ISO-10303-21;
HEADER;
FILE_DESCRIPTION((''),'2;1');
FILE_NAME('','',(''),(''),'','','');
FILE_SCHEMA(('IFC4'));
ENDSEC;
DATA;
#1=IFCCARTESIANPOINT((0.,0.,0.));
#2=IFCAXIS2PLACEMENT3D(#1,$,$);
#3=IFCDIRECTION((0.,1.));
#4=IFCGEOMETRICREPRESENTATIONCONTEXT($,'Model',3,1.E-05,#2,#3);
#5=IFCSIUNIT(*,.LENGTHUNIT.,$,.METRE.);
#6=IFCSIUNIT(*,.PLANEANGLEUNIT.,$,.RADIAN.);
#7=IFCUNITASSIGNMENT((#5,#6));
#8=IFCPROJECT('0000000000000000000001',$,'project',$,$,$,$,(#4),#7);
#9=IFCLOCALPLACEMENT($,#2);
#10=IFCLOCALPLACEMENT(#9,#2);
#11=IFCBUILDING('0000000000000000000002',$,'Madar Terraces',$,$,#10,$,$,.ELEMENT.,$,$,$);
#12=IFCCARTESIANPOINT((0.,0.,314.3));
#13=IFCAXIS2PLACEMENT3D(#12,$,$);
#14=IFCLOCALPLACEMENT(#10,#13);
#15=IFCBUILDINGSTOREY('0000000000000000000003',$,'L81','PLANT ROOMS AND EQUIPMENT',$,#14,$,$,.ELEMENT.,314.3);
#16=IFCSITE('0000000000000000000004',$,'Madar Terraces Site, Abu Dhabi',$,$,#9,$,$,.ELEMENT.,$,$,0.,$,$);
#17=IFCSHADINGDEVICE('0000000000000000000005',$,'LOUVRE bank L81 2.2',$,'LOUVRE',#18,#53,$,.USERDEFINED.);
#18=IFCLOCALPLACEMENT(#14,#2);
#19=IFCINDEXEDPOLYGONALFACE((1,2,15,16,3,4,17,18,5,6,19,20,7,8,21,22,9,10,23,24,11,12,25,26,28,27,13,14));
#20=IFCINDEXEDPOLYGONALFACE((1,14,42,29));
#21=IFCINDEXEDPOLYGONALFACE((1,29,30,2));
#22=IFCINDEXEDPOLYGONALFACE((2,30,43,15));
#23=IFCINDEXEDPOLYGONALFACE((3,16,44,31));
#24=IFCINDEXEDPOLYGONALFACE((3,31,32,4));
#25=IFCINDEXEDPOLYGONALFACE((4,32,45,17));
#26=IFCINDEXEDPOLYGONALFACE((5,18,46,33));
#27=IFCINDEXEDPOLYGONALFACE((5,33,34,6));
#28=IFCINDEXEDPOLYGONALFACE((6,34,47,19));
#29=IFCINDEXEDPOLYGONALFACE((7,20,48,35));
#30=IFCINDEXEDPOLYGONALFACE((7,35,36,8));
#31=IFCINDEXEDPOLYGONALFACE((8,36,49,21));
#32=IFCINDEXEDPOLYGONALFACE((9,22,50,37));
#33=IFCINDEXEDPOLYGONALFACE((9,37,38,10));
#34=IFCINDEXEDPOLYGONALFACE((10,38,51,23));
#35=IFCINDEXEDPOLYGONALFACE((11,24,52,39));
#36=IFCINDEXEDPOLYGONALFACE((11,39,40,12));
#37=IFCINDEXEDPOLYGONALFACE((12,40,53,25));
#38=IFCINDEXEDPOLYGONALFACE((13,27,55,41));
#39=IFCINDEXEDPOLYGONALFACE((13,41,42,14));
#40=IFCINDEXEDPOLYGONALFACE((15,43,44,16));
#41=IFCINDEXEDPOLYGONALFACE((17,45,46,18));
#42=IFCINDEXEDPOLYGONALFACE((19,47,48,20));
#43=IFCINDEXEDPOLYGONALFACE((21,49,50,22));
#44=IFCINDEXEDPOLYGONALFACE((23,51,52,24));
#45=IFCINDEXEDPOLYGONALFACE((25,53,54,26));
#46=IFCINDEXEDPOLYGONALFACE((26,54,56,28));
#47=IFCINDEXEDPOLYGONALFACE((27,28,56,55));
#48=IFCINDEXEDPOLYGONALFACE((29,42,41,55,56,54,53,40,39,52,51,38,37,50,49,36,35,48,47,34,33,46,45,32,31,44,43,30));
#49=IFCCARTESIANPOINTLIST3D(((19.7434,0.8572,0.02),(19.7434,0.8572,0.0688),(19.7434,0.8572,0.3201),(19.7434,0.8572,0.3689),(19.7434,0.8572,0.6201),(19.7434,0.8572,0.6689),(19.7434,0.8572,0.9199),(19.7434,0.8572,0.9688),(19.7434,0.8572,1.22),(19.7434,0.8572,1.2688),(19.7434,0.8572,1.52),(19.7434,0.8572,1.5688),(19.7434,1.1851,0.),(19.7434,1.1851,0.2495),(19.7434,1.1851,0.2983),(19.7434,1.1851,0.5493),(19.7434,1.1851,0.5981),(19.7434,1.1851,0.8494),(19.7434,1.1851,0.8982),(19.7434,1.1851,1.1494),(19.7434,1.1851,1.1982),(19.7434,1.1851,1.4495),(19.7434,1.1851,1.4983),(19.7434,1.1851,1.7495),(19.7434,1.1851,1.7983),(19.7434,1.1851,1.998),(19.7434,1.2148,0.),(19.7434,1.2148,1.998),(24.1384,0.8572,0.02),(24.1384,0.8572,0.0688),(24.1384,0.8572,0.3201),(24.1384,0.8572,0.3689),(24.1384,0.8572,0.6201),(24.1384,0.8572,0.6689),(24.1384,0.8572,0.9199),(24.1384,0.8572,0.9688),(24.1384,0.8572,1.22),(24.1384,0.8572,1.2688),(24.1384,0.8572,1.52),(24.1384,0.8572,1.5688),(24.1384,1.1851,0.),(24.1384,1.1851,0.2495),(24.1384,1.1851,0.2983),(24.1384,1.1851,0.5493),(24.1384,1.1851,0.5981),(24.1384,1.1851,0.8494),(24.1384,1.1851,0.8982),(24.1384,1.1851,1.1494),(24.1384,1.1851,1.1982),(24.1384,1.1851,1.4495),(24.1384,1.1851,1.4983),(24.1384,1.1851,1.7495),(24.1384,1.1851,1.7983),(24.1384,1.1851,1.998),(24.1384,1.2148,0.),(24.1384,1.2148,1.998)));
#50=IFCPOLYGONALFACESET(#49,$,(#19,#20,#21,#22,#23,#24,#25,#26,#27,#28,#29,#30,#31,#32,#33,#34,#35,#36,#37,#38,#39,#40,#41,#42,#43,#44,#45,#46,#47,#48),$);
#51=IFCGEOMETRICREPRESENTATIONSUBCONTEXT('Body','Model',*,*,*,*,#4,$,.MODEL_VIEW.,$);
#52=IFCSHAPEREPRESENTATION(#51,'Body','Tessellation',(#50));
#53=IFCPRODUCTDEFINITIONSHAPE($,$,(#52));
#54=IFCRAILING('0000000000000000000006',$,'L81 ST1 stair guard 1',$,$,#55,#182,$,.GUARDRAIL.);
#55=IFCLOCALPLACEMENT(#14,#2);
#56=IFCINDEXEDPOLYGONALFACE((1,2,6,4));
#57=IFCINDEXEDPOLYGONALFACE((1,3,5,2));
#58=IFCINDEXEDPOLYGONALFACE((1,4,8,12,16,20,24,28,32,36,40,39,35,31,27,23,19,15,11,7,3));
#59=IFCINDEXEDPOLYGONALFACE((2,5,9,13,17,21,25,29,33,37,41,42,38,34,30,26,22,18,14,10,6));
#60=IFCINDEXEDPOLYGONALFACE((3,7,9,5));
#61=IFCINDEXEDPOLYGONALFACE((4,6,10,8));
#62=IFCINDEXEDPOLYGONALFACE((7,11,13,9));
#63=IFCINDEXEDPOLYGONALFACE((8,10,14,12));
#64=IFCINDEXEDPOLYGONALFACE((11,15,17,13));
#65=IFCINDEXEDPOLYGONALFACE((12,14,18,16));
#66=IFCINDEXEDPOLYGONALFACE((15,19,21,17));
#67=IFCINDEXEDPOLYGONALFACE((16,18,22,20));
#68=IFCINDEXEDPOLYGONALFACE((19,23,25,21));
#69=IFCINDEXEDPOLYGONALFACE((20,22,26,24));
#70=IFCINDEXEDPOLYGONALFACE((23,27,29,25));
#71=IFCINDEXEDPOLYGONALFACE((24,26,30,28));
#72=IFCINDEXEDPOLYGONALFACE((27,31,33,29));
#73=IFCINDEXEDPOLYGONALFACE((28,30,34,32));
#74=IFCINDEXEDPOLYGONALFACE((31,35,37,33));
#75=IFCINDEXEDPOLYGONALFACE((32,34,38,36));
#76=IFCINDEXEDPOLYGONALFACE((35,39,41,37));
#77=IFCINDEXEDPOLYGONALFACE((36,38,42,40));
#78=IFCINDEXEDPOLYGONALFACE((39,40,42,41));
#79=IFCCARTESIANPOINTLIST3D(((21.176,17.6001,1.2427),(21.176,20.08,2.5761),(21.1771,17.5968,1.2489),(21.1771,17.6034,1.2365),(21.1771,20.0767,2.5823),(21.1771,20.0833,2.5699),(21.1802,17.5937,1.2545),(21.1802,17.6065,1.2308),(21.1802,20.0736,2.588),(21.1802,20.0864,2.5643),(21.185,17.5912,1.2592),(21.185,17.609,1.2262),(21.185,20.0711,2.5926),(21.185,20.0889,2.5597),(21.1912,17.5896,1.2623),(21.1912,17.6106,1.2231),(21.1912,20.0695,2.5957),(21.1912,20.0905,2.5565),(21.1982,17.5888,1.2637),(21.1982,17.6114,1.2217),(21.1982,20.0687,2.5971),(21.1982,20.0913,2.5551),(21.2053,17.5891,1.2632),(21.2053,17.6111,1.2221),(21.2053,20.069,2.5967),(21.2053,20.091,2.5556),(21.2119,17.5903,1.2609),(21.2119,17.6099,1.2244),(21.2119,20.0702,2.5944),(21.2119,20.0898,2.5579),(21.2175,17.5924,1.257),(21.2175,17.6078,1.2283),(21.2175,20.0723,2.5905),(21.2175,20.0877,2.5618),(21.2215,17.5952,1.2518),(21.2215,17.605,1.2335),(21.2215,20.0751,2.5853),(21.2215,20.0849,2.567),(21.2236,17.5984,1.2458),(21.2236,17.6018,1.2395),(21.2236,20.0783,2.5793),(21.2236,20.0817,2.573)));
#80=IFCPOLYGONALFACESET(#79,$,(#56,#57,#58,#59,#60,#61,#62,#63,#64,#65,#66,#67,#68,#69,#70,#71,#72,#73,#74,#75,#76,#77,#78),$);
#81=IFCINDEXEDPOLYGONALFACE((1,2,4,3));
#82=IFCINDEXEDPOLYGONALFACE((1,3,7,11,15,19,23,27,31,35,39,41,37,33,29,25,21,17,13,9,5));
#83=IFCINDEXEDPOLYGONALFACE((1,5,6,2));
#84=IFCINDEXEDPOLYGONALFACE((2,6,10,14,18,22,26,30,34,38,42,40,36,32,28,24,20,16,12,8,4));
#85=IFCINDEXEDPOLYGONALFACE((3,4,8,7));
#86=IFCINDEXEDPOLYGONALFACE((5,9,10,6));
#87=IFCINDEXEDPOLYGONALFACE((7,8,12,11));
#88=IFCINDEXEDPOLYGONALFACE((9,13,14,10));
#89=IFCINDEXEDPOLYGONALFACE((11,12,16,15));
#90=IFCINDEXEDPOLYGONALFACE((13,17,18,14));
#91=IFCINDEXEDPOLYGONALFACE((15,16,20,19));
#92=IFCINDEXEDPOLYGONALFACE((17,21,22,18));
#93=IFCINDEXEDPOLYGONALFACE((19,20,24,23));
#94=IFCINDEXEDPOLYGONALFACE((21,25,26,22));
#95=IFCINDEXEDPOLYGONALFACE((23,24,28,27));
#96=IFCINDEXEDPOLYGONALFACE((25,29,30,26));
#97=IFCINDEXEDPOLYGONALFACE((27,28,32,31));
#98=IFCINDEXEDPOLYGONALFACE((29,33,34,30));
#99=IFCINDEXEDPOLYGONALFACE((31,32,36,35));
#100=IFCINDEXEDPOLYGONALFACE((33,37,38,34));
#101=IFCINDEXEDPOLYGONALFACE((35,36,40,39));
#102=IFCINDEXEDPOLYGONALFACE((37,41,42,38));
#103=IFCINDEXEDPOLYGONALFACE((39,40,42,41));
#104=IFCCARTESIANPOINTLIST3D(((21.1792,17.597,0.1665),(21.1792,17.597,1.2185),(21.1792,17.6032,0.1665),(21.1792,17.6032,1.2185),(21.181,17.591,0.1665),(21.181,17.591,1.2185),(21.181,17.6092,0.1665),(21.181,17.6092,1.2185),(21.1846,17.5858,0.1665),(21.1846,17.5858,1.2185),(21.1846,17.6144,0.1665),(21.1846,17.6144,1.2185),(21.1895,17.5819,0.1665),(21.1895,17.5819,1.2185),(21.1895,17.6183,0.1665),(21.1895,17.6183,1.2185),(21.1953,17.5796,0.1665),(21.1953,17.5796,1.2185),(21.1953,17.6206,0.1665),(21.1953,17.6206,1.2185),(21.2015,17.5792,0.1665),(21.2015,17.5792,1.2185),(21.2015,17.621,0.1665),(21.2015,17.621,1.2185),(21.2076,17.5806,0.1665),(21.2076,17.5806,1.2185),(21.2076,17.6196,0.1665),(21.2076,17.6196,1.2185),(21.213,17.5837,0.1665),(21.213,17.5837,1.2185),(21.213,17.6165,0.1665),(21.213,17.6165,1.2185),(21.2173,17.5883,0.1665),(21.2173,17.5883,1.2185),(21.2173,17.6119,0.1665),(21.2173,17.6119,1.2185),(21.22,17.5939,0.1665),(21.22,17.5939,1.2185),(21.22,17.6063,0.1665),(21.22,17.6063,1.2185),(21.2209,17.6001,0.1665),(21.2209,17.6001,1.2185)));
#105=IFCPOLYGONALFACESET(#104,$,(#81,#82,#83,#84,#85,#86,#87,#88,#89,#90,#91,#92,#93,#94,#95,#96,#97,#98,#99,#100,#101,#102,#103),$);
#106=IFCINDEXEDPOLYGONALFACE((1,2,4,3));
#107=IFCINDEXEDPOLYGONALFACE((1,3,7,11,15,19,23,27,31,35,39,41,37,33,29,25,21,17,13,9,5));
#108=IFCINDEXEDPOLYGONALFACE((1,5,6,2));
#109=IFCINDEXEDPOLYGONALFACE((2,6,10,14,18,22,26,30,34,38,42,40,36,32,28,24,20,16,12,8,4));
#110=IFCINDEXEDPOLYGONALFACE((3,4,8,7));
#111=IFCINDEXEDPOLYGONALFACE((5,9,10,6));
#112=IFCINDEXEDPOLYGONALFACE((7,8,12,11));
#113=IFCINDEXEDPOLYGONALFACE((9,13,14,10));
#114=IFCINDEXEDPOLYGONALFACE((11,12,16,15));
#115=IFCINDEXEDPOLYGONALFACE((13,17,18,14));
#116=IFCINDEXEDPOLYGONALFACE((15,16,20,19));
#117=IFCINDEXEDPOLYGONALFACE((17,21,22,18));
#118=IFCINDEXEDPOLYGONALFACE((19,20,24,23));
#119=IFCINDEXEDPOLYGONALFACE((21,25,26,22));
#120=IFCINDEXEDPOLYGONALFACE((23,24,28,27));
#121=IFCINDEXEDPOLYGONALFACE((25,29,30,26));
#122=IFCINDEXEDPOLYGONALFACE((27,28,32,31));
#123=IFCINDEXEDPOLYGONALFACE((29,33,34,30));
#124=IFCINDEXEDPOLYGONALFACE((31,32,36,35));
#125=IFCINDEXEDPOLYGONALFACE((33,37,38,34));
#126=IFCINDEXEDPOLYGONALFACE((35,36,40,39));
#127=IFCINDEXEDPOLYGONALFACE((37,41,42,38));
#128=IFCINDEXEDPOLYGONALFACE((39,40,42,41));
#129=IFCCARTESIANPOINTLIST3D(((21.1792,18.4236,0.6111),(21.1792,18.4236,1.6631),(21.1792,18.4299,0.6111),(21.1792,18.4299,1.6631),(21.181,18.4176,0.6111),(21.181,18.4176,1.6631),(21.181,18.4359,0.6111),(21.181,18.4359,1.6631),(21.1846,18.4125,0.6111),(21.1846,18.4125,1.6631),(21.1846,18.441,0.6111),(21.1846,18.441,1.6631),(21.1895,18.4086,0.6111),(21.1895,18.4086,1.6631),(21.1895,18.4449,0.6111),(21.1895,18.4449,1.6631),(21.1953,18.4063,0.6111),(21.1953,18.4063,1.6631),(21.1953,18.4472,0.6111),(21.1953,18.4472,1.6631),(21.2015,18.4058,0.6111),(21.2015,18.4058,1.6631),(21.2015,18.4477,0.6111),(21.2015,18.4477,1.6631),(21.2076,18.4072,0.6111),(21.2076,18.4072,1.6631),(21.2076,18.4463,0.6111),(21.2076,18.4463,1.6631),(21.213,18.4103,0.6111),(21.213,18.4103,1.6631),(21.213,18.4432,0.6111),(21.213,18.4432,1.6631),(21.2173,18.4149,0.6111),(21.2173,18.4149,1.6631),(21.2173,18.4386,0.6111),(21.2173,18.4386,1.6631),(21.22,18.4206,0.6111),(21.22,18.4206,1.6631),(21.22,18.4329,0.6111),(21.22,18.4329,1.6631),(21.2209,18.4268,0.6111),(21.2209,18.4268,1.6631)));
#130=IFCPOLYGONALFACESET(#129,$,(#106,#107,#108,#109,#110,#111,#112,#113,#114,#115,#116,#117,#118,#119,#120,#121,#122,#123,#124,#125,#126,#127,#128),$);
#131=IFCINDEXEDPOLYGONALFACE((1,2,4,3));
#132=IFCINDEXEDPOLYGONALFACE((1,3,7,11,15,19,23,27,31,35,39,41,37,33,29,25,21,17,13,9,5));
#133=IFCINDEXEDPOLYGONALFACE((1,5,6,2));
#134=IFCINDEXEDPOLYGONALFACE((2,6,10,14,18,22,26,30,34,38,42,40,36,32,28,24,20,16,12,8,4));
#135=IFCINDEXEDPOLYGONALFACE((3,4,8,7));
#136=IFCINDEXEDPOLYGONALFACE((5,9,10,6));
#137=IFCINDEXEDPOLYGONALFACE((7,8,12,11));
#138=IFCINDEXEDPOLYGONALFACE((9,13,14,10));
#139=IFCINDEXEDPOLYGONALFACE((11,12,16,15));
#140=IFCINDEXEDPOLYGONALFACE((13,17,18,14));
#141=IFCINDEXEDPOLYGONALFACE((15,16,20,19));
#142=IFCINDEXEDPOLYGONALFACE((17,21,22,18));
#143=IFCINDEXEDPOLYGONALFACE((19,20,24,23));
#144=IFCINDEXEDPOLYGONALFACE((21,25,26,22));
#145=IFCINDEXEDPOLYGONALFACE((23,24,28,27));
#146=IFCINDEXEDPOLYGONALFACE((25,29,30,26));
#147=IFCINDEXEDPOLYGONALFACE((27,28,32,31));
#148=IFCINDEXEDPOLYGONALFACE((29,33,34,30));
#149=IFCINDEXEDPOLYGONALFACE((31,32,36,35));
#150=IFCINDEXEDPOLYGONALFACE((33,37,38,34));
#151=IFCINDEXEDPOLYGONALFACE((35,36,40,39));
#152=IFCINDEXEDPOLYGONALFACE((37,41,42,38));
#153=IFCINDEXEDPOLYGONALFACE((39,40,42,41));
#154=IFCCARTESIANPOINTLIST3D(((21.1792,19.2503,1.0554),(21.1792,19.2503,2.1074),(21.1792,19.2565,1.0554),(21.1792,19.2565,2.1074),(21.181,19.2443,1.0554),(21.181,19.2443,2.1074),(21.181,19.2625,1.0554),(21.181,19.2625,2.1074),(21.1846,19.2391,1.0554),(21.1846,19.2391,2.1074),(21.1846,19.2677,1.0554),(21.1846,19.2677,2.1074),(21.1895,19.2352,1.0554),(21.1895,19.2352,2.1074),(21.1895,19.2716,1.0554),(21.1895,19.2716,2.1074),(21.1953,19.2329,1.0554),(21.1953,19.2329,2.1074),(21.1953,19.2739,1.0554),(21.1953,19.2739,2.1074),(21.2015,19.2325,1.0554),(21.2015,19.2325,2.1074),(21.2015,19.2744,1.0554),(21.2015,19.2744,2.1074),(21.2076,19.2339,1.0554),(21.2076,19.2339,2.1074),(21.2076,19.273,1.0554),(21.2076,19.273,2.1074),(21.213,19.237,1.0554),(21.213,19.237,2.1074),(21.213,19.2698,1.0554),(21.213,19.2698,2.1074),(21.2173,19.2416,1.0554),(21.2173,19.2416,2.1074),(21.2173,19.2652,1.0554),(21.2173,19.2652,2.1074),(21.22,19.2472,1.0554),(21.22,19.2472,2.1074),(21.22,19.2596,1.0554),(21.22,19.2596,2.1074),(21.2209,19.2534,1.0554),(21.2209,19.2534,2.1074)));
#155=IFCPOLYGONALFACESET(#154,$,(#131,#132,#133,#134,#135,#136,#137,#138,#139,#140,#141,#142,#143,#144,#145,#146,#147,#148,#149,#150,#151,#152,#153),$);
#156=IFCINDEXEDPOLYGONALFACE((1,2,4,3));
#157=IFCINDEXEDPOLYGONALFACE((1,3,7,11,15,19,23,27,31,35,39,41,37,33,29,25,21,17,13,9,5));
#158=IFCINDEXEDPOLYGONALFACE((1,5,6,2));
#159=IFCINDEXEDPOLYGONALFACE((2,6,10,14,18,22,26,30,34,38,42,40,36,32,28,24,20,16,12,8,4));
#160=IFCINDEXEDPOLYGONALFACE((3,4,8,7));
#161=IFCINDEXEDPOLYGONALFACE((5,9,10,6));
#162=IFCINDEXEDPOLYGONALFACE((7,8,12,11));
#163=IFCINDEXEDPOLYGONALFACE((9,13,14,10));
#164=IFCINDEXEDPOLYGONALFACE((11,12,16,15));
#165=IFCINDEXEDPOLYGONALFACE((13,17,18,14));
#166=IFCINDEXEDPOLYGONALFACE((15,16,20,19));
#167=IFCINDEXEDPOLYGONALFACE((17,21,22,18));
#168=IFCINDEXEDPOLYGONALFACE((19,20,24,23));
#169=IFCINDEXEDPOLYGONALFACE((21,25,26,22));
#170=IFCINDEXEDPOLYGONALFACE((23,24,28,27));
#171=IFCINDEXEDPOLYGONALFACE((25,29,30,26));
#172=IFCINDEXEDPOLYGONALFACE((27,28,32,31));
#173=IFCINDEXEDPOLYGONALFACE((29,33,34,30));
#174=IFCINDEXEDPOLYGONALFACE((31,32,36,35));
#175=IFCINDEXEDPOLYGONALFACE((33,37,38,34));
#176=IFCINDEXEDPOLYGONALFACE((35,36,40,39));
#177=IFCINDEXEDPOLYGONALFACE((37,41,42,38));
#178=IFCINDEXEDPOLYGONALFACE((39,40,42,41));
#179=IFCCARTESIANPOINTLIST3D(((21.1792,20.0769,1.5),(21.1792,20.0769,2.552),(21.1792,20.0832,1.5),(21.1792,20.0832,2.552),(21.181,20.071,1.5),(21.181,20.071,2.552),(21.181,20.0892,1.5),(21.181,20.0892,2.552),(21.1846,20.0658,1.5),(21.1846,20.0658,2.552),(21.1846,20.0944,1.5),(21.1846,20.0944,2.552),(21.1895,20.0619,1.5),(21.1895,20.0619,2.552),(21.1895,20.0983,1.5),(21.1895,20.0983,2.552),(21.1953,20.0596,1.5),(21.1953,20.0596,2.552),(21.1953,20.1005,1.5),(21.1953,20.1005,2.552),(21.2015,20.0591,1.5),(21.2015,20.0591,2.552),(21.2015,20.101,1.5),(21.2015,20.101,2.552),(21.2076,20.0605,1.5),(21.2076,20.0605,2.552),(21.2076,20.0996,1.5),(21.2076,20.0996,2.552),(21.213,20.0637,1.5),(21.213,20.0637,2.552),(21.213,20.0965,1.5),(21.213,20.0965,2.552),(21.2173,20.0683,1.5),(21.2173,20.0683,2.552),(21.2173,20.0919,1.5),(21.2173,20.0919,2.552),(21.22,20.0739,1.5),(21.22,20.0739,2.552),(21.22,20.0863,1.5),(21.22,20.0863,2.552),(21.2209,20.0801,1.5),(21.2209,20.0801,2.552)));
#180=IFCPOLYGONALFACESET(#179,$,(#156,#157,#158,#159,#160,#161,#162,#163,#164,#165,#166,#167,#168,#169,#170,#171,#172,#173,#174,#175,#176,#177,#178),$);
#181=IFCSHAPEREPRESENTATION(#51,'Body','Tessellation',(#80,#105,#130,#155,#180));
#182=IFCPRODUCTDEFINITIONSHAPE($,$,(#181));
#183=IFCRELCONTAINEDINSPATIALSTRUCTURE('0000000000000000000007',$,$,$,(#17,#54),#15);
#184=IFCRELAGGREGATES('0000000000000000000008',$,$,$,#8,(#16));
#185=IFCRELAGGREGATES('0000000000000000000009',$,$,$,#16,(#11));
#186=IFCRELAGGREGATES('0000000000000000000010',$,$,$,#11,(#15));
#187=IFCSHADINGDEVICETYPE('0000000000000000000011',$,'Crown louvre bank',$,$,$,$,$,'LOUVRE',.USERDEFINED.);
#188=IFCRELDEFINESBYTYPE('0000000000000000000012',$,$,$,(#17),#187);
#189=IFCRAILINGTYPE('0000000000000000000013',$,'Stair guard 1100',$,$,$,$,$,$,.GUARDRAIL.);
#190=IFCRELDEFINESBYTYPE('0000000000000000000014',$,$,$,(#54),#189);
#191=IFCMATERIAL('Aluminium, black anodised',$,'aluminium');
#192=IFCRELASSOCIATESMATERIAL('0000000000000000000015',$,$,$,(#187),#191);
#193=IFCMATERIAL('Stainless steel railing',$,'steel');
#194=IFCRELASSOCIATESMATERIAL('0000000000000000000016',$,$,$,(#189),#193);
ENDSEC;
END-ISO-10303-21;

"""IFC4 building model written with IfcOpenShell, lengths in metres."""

from ifc_helpers import new_model, si_unit, direction, frame, origin, origin_2d, place, context, subcontext, project, spatial, polyline, circle, outline, extrude, material, type_object, element, save


model = new_model("IFC4")

# Units and contexts
model_context = context("Model", 3, precision=1e-05, world=origin(), true_north=direction((0.0, 1.0)))
body_context = subcontext(model_context, "Body", "Model", "MODEL_VIEW")
ifc_project = project(units=[si_unit("LENGTHUNIT", "METRE"), si_unit("PLANEANGLEUNIT", "RADIAN")], contexts=[model_context])

# Site, building, storey
site_placement = place(None, origin())
site = spatial("IfcSite", under=ifc_project, at=site_placement, Name="Madar Terraces Site, Abu Dhabi", CompositionType="ELEMENT", RefElevation=0.0)
building_placement = place(site_placement, origin())
building = spatial("IfcBuilding", under=site, at=building_placement, Name="Madar Terraces", CompositionType="ELEMENT")
storey_placement = place(building_placement, frame((0.0, 0.0, 314.3)))
storey = spatial("IfcBuildingStorey", under=building, at=storey_placement, Name="L81", Description="PLANT ROOMS AND EQUIPMENT", CompositionType="ELEMENT", Elevation=314.3)

# Shading device
ifc_material_1 = material(Name="Aluminium, black anodised", Category="aluminium")
shading_device_type = type_object("IfcShadingDeviceType", Name="Crown louvre bank", ElementType="LOUVRE", PredefinedType="USERDEFINED", material=ifc_material_1)
shading_device_1_placement = place(storey_placement, frame((19.7434, 1.2, 0.0), z_axis=(1.0, 0.0, 0.0), x_axis=(0.0, 1.0, 0.0)))
element("IfcShadingDevice", 1, at=shading_device_1_placement, inside=storey, type_object=shading_device_type, Name="LOUVRE bank L81 2.2", ObjectType="LOUVRE", PredefinedType="USERDEFINED", context=body_context, shape_type="SweptSolid", body=[
    extrude(outline(polyline([(0.0149, 0.0), (-0.0149, 0.0), (-0.0149, 0.2495), (-0.3428, 0.02), (-0.3428, 0.0688), (-0.0149, 0.2983), (-0.0149, 0.5493), (-0.3428, 0.3201), (-0.3428, 0.3689), (-0.0149, 0.5981), (-0.0149, 0.8494), (-0.3428, 0.6201), (-0.3428, 0.6689), (-0.0149, 0.8982), (-0.0149, 1.1494), (-0.3428, 0.9199), (-0.3428, 0.9688), (-0.0149, 1.1982), (-0.0149, 1.4495), (-0.3428, 1.22), (-0.3428, 1.2688), (-0.0149, 1.4983), (-0.0149, 1.7495), (-0.3428, 1.52), (-0.3428, 1.5688), (-0.0149, 1.7983), (-0.0149, 1.998), (0.0149, 1.998), (0.0149, 0.0)])), origin(), (0.0, 0.0, 1.0), 4.395),
])

# Railing
ifc_material_2 = material(Name="Stainless steel railing", Category="steel")
railing_type_1 = type_object("IfcRailingType", Name="Stair guard 1100", PredefinedType="GUARDRAIL", material=ifc_material_2)
railing_1_placement = place(storey_placement, frame((21.2, 17.6001, 0.1665)))
element("IfcRailing", 2, at=railing_1_placement, inside=storey, type_object=railing_type_1, Name="L81 ST1 stair guard 1", PredefinedType="GUARDRAIL", context=body_context, shape_type="SweptSolid", body=[
    extrude(circle(Radius=0.0239, at=origin_2d()), frame((0.0, 0.0, 1.0762), z_axis=(0.0, 0.880749, 0.473583), x_axis=(-1.0, 0.0, 0.0)), (0.0, 0.0, 1.0), 2.8157),
    extrude(circle(Radius=0.021, at=origin_2d()), origin(), (0.0, 0.0, 1.0), 1.052),
    extrude(circle(Radius=0.021, at=origin_2d()), frame((0.0, 0.8267, 0.4446)), (0.0, 0.0, 1.0), 1.052),
    extrude(circle(Radius=0.021, at=origin_2d()), frame((0.0, 1.6533, 0.8889)), (0.0, 0.0, 1.0), 1.052),
    extrude(circle(Radius=0.021, at=origin_2d()), frame((0.0, 2.48, 1.3335)), (0.0, 0.0, 1.0), 1.052),
])

save(model, "model.ifc")
